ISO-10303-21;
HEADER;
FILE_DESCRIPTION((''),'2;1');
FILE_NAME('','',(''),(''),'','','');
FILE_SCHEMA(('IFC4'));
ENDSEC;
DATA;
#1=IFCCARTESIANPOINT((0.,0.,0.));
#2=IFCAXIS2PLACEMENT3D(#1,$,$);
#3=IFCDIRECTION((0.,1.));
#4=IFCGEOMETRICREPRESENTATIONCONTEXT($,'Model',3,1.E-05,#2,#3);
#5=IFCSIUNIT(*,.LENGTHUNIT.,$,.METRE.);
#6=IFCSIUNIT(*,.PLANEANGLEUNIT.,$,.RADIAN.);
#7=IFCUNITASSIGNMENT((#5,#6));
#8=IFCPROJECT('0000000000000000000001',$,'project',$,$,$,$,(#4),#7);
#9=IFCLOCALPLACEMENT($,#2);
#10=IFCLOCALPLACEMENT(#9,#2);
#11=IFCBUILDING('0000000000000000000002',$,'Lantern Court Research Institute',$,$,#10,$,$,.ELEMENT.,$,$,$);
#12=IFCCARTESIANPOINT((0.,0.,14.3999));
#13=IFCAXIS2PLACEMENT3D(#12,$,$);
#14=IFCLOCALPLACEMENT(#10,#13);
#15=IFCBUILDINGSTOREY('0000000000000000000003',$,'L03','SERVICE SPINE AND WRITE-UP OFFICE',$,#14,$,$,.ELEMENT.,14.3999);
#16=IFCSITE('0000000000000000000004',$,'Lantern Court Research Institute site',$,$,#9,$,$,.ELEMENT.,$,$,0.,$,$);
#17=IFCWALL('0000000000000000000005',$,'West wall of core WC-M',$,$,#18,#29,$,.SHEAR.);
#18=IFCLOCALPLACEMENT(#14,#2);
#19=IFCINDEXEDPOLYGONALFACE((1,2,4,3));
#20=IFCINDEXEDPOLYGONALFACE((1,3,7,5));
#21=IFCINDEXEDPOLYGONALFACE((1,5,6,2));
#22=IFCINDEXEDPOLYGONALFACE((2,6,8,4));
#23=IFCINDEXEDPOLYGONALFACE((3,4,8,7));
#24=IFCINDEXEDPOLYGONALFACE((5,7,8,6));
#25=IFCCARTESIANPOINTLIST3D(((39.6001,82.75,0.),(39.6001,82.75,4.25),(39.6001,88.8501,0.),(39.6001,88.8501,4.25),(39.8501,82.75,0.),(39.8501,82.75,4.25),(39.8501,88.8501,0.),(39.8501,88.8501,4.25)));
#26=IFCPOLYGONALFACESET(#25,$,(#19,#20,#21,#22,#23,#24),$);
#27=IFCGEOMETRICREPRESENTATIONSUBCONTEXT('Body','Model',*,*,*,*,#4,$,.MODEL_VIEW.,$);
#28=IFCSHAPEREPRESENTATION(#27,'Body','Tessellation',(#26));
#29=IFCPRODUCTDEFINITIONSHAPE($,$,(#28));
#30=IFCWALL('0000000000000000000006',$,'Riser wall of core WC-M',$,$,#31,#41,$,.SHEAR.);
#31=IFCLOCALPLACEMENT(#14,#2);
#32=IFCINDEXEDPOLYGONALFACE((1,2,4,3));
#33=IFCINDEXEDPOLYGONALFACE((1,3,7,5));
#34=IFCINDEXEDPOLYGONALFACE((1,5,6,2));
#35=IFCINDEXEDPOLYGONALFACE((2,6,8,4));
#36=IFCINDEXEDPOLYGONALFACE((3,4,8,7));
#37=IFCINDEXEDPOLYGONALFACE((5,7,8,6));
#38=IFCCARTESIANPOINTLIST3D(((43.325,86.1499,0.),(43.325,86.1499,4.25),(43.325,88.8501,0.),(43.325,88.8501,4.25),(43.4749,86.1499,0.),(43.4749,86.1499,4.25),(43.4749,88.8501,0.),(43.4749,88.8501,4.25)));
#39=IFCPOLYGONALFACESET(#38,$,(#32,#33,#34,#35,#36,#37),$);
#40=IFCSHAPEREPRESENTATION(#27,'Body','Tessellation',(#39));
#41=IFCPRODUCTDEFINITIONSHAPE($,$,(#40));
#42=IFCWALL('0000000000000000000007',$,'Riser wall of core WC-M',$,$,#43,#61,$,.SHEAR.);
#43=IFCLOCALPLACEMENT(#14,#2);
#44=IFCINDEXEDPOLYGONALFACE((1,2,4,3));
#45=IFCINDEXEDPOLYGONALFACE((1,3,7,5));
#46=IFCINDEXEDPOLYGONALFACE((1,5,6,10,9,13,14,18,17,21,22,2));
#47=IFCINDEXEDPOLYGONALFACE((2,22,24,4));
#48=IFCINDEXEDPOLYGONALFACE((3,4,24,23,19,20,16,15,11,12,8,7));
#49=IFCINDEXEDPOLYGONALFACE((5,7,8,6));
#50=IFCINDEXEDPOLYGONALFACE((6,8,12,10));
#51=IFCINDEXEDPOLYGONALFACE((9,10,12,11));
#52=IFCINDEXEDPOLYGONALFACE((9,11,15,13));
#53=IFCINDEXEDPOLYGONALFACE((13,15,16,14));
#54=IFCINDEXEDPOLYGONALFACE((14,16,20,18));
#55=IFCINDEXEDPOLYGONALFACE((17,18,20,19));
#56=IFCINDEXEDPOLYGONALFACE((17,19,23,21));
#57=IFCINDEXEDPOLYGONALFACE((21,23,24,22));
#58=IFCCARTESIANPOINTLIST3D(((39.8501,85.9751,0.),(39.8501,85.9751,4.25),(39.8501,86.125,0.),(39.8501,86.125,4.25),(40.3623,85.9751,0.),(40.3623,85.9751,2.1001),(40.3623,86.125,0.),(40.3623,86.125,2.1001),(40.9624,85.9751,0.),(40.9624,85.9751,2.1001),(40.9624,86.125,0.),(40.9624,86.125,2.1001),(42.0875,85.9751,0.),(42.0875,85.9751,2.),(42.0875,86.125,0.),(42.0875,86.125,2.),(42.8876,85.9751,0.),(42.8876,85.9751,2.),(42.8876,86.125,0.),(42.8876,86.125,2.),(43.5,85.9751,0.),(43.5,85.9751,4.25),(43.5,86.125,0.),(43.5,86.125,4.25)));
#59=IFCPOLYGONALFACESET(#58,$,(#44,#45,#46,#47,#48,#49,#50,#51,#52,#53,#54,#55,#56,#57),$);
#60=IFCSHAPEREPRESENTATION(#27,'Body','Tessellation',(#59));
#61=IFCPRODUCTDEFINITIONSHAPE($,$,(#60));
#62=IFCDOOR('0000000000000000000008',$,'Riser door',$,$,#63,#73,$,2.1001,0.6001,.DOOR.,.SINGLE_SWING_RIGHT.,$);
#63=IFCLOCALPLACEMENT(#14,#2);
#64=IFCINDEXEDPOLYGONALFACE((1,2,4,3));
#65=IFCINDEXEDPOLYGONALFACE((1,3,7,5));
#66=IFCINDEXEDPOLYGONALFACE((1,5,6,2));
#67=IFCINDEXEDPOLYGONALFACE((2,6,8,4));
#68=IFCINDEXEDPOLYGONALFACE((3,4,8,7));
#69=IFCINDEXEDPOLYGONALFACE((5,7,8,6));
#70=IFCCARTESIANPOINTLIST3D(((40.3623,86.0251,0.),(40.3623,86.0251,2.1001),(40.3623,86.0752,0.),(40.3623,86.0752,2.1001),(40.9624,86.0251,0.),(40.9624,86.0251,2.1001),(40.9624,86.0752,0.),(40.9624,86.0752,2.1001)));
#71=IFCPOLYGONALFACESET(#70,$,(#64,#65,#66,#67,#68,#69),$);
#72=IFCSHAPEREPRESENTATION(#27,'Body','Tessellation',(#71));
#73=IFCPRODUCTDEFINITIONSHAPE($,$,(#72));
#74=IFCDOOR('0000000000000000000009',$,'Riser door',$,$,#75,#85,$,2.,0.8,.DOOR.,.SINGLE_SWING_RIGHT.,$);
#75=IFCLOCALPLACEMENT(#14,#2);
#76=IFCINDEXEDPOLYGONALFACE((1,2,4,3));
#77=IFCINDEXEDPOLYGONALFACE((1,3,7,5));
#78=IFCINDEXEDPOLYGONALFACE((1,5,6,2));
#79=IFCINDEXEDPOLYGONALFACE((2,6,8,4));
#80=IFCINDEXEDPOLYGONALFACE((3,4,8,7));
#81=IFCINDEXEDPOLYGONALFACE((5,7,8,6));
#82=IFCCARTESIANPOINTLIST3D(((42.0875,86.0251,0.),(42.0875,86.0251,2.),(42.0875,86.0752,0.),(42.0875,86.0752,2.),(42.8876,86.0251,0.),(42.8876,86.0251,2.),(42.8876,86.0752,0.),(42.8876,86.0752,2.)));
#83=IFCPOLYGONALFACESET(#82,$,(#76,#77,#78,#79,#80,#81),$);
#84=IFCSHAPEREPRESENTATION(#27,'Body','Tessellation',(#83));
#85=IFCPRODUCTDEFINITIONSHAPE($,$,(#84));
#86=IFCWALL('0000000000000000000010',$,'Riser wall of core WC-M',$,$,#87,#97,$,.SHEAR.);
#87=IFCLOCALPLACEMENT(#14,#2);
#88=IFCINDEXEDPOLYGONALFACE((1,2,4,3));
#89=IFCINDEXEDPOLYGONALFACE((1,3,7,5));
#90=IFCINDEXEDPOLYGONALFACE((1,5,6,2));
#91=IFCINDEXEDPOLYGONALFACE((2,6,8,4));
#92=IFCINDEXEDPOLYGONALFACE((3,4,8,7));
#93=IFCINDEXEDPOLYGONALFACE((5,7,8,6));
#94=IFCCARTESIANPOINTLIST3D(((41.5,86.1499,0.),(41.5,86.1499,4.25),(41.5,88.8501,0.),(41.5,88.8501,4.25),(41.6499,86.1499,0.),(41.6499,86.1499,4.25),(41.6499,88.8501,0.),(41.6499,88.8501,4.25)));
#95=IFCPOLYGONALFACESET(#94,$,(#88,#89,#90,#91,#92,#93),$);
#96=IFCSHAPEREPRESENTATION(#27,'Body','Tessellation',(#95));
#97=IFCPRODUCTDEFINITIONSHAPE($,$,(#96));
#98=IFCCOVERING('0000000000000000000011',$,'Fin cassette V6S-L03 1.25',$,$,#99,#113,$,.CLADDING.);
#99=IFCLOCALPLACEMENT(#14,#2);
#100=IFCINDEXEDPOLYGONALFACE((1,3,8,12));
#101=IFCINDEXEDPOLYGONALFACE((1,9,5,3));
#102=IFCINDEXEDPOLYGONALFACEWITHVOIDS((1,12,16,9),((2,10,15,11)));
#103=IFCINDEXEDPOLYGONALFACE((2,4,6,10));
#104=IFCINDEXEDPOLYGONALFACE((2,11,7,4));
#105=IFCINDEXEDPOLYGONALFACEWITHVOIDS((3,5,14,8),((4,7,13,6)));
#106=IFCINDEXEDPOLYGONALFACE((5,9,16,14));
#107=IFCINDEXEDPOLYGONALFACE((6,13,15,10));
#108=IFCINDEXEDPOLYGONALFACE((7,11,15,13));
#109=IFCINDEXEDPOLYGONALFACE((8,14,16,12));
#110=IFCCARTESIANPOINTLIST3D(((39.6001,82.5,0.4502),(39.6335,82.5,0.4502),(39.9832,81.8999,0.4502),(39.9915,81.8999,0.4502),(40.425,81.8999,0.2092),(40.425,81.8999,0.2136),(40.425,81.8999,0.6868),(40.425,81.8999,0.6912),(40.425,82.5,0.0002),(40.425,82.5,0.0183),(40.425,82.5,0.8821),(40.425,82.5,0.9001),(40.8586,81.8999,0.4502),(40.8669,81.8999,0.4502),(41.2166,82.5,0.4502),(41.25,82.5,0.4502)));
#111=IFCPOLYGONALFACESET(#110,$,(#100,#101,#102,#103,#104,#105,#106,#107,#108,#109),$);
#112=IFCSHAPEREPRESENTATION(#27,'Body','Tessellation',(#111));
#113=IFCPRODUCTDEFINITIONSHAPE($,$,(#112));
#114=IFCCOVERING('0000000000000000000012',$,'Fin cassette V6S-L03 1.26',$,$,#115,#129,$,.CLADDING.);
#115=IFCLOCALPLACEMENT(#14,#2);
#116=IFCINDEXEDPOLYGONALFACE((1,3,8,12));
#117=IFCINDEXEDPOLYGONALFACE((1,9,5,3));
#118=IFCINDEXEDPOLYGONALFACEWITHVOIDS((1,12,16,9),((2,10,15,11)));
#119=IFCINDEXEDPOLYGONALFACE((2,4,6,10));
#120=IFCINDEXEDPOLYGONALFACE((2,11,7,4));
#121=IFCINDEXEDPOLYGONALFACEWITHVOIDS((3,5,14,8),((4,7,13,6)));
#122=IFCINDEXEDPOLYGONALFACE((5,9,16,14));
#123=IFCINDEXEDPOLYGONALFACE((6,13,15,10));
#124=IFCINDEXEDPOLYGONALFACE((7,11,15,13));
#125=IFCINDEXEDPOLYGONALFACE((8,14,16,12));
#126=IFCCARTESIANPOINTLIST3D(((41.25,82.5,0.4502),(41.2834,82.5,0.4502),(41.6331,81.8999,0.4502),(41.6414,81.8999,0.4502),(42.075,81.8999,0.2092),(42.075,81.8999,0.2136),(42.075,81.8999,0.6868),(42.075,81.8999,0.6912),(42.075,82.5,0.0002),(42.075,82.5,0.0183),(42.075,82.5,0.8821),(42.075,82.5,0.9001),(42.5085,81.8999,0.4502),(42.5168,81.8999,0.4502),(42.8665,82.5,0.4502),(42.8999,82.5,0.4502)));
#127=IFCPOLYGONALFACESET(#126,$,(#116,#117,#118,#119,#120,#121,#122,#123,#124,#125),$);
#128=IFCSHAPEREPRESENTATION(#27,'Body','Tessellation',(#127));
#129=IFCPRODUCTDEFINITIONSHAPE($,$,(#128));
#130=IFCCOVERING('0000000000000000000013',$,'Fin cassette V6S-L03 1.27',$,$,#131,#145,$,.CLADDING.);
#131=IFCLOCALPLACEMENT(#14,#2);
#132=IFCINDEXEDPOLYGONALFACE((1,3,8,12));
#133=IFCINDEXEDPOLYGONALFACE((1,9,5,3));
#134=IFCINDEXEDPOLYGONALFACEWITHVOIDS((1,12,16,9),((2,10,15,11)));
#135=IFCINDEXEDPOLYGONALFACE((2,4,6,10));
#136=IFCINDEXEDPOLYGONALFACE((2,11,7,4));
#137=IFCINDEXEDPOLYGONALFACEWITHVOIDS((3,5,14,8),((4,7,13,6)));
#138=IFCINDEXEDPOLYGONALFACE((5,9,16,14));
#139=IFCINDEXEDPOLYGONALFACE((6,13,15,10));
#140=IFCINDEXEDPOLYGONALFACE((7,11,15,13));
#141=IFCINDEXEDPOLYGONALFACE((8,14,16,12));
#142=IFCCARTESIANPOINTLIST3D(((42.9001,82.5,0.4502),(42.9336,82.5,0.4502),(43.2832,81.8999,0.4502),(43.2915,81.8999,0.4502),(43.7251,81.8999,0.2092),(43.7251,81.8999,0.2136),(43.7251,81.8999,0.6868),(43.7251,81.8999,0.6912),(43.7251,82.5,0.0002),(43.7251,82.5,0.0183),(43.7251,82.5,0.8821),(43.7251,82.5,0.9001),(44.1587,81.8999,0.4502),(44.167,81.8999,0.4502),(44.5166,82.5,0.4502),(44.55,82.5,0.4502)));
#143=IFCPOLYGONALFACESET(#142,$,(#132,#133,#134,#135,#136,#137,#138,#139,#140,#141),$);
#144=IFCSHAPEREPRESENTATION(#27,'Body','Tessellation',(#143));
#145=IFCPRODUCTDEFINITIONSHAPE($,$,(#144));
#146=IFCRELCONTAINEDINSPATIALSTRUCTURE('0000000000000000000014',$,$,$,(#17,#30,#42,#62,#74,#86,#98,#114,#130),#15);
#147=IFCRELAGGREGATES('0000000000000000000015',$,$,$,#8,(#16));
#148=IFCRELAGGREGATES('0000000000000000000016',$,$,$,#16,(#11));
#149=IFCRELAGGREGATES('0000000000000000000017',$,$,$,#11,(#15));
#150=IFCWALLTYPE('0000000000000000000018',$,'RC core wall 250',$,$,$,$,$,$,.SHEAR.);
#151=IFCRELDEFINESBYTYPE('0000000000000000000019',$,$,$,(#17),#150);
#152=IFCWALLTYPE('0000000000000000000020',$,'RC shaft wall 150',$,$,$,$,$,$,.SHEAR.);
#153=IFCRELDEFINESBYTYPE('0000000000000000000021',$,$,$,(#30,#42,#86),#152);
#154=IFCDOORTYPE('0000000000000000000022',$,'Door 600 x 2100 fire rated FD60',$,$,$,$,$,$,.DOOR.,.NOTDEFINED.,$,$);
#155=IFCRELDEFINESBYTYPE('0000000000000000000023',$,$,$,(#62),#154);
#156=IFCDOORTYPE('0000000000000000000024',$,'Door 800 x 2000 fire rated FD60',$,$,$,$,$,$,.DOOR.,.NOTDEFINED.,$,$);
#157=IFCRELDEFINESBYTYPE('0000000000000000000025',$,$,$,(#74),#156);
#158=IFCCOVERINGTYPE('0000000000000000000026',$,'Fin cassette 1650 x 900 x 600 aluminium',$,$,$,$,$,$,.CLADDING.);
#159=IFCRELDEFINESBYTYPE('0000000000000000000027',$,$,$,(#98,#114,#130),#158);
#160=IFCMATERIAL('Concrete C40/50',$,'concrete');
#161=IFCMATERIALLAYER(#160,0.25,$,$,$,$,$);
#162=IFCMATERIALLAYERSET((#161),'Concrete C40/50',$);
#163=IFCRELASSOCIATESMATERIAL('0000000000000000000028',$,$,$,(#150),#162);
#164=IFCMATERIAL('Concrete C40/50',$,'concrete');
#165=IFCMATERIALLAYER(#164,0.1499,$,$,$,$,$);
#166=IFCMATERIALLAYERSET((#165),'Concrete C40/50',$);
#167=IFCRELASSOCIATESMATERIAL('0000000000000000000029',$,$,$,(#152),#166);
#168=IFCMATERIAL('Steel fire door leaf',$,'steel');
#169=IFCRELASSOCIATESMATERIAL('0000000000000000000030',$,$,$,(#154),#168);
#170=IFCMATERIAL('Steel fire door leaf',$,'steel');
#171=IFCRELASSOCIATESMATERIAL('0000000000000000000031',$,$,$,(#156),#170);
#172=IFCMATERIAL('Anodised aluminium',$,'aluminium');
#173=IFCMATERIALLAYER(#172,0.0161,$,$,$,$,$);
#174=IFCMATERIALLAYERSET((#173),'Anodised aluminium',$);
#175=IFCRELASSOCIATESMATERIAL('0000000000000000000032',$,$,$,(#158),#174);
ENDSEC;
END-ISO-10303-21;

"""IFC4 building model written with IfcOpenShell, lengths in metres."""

from ifc_helpers import new_model, entity, si_unit, direction, frame, frame_2d, origin, place, context, subcontext, project, spatial, rectangle, extrude, material, layer, layer_set, type_object, element, fill, save


model = new_model("IFC4")

# Units and contexts
model_context = context("Model", 3, precision=1e-05, world=origin(), true_north=direction((0.0, 1.0)))
body_context = subcontext(model_context, "Body", "Model", "MODEL_VIEW")
ifc_project = project(units=[si_unit("LENGTHUNIT", "METRE"), si_unit("PLANEANGLEUNIT", "RADIAN")], contexts=[model_context])

# Site, building, storey
site_placement = place(None, origin())
site = spatial("IfcSite", under=ifc_project, at=site_placement, Name="Lantern Court Research Institute site", CompositionType="ELEMENT", RefElevation=0.0)
building_placement = place(site_placement, origin())
building = spatial("IfcBuilding", under=site, at=building_placement, Name="Lantern Court Research Institute", CompositionType="ELEMENT")
storey_placement = place(building_placement, frame((0.0, 0.0, 14.3999)))
storey = spatial("IfcBuildingStorey", under=building, at=storey_placement, Name="L03", Description="SERVICE SPINE AND WRITE-UP OFFICE", CompositionType="ELEMENT", Elevation=14.3999)

# Walls
ifc_material_1 = material(Name="Concrete C40/50", Category="concrete")
ifc_layer_1 = layer(ifc_material_1, 0.25)
ifc_layer_set_1 = layer_set([ifc_layer_1], Name="Concrete C40/50")
wall_type_1 = type_object("IfcWallType", Name="RC core wall 250", PredefinedType="SHEAR", material=ifc_layer_set_1)
wall_1_placement = place(storey_placement, frame((39.7251, 88.8501, 0.0), z_axis=(0.0, 0.0, 1.0), x_axis=(0.0, -1.0, 0.0)))
element("IfcWall", 1, at=wall_1_placement, inside=storey, type_object=wall_type_1, Name="West wall of core WC-M", PredefinedType="SHEAR", context=body_context, shape_type="SweptSolid", body=[
    extrude(rectangle(XDim=6.1001, YDim=0.25, at=frame_2d((3.05, 0.0))), origin(), (0.0, 0.0, 1.0), 4.25),
])
ifc_material_2 = material(Name="Concrete C40/50", Category="concrete")
ifc_layer_2 = layer(ifc_material_2, 0.1499)
ifc_layer_set_2 = layer_set([ifc_layer_2], Name="Concrete C40/50")
wall_type_2 = type_object("IfcWallType", Name="RC shaft wall 150", PredefinedType="SHEAR", material=ifc_layer_set_2)
wall_2_placement = place(storey_placement, frame((43.3999, 88.8501, 0.0), z_axis=(0.0, 0.0, 1.0), x_axis=(0.0, -1.0, 0.0)))
element("IfcWall", 2, at=wall_2_placement, inside=storey, type_object=wall_type_2, Name="Riser wall of core WC-M", PredefinedType="SHEAR", context=body_context, shape_type="SweptSolid", body=[
    extrude(rectangle(XDim=2.7002, YDim=0.1499, at=frame_2d((1.3501, 0.0))), origin(), (0.0, 0.0, 1.0), 4.25),
])

# Wall, openings, doors
wall_3_placement = place(storey_placement, frame((43.5, 86.05, 0.0), z_axis=(0.0, 0.0, 1.0), x_axis=(-1.0, 0.0, 0.0)))
wall_3 = element("IfcWall", 3, at=wall_3_placement, inside=storey, type_object=wall_type_2, Name="Riser wall of core WC-M", PredefinedType="SHEAR", context=body_context, shape_type="SweptSolid", body=[
    extrude(rectangle(XDim=3.6499, YDim=0.1499, at=frame_2d((1.825, 0.0))), origin(), (0.0, 0.0, 1.0), 4.25),
])
opening_1_placement = place(wall_3_placement, frame((0.6125, 0.0, 0.0)))
opening_1 = element("IfcOpeningElement", 4, at=opening_1_placement, cuts=wall_3, PredefinedType="OPENING", context=body_context, shape_type="SweptSolid", body=[
    extrude(rectangle(XDim=0.8, YDim=2.0, at=frame_2d((0.3999, 1.0))), frame((0.0, 0.085, 0.0), z_axis=(0.0, -1.0, 0.0), x_axis=(1.0, 0.0, 0.0)), (0.0, 0.0, 1.0), 0.1699),
])
opening_2_placement = place(wall_3_placement, frame((2.5376, 0.0, 0.0)))
opening_2 = element("IfcOpeningElement", 5, at=opening_2_placement, cuts=wall_3, PredefinedType="OPENING", context=body_context, shape_type="SweptSolid", body=[
    extrude(rectangle(XDim=0.6001, YDim=2.1001, at=frame_2d((0.3, 1.05))), frame((0.0, 0.085, 0.0), z_axis=(0.0, -1.0, 0.0), x_axis=(1.0, 0.0, 0.0)), (0.0, 0.0, 1.0), 0.1699),
])
ifc_material_3 = material(Name="Steel fire door leaf", Category="steel")
door_type_1 = type_object("IfcDoorType", Name="Door 600 x 2100 fire rated FD60", OperationType="NOTDEFINED", PredefinedType="DOOR", material=ifc_material_3)
door_1_placement = place(opening_2_placement, origin())
door_1 = element("IfcDoor", 6, at=door_1_placement, inside=storey, type_object=door_type_1, Name="Riser door", OperationType="SINGLE_SWING_RIGHT", OverallHeight=2.1001, OverallWidth=0.6001, PredefinedType="DOOR", context=body_context, shape_type="SweptSolid", body=[
    extrude(rectangle(XDim=0.6001, YDim=2.1001, at=frame_2d((0.3, 1.05))), frame((0.0, 0.0249, 0.0), z_axis=(0.0, -1.0, 0.0), x_axis=(1.0, 0.0, 0.0)), (0.0, 0.0, 1.0), 0.05),
])
fill(opening_2, door_1)
ifc_material_4 = material(Name="Steel fire door leaf", Category="steel")
door_type_2 = type_object("IfcDoorType", Name="Door 800 x 2000 fire rated FD60", OperationType="NOTDEFINED", PredefinedType="DOOR", material=ifc_material_4)
door_2_placement = place(opening_1_placement, origin())
door_2 = element("IfcDoor", 7, at=door_2_placement, inside=storey, type_object=door_type_2, Name="Riser door", OperationType="SINGLE_SWING_RIGHT", OverallHeight=2.0, OverallWidth=0.8, PredefinedType="DOOR", context=body_context, shape_type="SweptSolid", body=[
    extrude(rectangle(XDim=0.8, YDim=2.0, at=frame_2d((0.3999, 1.0))), frame((0.0, 0.0249, 0.0), z_axis=(0.0, -1.0, 0.0), x_axis=(1.0, 0.0, 0.0)), (0.0, 0.0, 1.0), 0.05),
])
fill(opening_1, door_2)

# Wall
wall_4_placement = place(storey_placement, frame((41.575, 88.8501, 0.0), z_axis=(0.0, 0.0, 1.0), x_axis=(0.0, -1.0, 0.0)))
element("IfcWall", 8, at=wall_4_placement, inside=storey, type_object=wall_type_2, Name="Riser wall of core WC-M", PredefinedType="SHEAR", context=body_context, shape_type="SweptSolid", body=[
    extrude(rectangle(XDim=2.7002, YDim=0.1499, at=frame_2d((1.3501, 0.0))), origin(), (0.0, 0.0, 1.0), 4.25),
])

# Coverings
ifc_material_5 = material(Name="Anodised aluminium", Category="aluminium")
ifc_layer_3 = layer(ifc_material_5, 0.0161)
ifc_layer_set_3 = layer_set([ifc_layer_3], Name="Anodised aluminium")
covering_type = type_object("IfcCoveringType", Name="Fin cassette 1650 x 900 x 600 aluminium", PredefinedType="CLADDING", material=ifc_layer_set_3)
covering_1_placement = place(storey_placement, frame((40.425, 82.5, 0.4502), z_axis=(0.0, -1.0, 0.0), x_axis=(1.0, 0.0, 0.0)))
cartesian_point_1 = entity("IfcCartesianPoint", [0.825, 0.0])
cartesian_point_2 = entity("IfcCartesianPoint", [0.7915, 0.0])
cartesian_point_3 = entity("IfcCartesianPoint", [0.4419, 0.0])
cartesian_point_4 = entity("IfcCartesianPoint", [0.4336, 0.0])
element("IfcCovering", 9, at=covering_1_placement, inside=storey, type_object=covering_type, Name="Fin cassette V6S-L03 1.25", PredefinedType="CLADDING", context=body_context, shape_type="SweptSolid", body=[
    entity("IfcExtrudedAreaSolidTapered", entity("IfcArbitraryProfileDefWithVoids", "AREA", None, entity("IfcPolyline", [cartesian_point_1, entity("IfcCartesianPoint", [0.0, 0.45]), entity("IfcCartesianPoint", [-0.825, 0.0]), entity("IfcCartesianPoint", [0.0, -0.45]), cartesian_point_1]), [entity("IfcPolyline", [cartesian_point_2, entity("IfcCartesianPoint", [0.0, 0.4319]), entity("IfcCartesianPoint", [-0.7915, 0.0]), entity("IfcCartesianPoint", [0.0, -0.4319]), cartesian_point_2])]), entity("IfcAxis2Placement3D", entity("IfcCartesianPoint", [0.0, 0.0, 0.0])), entity("IfcDirection", [0.0, 0.0, 1.0]), 0.6001, entity("IfcArbitraryProfileDefWithVoids", "AREA", None, entity("IfcPolyline", [cartesian_point_3, entity("IfcCartesianPoint", [0.0, 0.241]), entity("IfcCartesianPoint", [-0.4419, 0.0]), entity("IfcCartesianPoint", [0.0, -0.241]), cartesian_point_3]), [entity("IfcPolyline", [cartesian_point_4, entity("IfcCartesianPoint", [0.0, 0.2366]), entity("IfcCartesianPoint", [-0.4336, 0.0]), entity("IfcCartesianPoint", [0.0, -0.2366]), cartesian_point_4])])),
])
covering_2_placement = place(storey_placement, frame((42.075, 82.5, 0.4502), z_axis=(0.0, -1.0, 0.0), x_axis=(1.0, 0.0, 0.0)))
cartesian_point_5 = entity("IfcCartesianPoint", [0.825, 0.0])
cartesian_point_6 = entity("IfcCartesianPoint", [0.7915, 0.0])
cartesian_point_7 = entity("IfcCartesianPoint", [0.4419, 0.0])
cartesian_point_8 = entity("IfcCartesianPoint", [0.4336, 0.0])
element("IfcCovering", 10, at=covering_2_placement, inside=storey, type_object=covering_type, Name="Fin cassette V6S-L03 1.26", PredefinedType="CLADDING", context=body_context, shape_type="SweptSolid", body=[
    entity("IfcExtrudedAreaSolidTapered", entity("IfcArbitraryProfileDefWithVoids", "AREA", None, entity("IfcPolyline", [cartesian_point_5, entity("IfcCartesianPoint", [0.0, 0.45]), entity("IfcCartesianPoint", [-0.825, 0.0]), entity("IfcCartesianPoint", [0.0, -0.45]), cartesian_point_5]), [entity("IfcPolyline", [cartesian_point_6, entity("IfcCartesianPoint", [0.0, 0.4319]), entity("IfcCartesianPoint", [-0.7915, 0.0]), entity("IfcCartesianPoint", [0.0, -0.4319]), cartesian_point_6])]), entity("IfcAxis2Placement3D", entity("IfcCartesianPoint", [0.0, 0.0, 0.0])), entity("IfcDirection", [0.0, 0.0, 1.0]), 0.6001, entity("IfcArbitraryProfileDefWithVoids", "AREA", None, entity("IfcPolyline", [cartesian_point_7, entity("IfcCartesianPoint", [0.0, 0.241]), entity("IfcCartesianPoint", [-0.4419, 0.0]), entity("IfcCartesianPoint", [0.0, -0.241]), cartesian_point_7]), [entity("IfcPolyline", [cartesian_point_8, entity("IfcCartesianPoint", [0.0, 0.2366]), entity("IfcCartesianPoint", [-0.4336, 0.0]), entity("IfcCartesianPoint", [0.0, -0.2366]), cartesian_point_8])])),
])
covering_3_placement = place(storey_placement, frame((43.7251, 82.5, 0.4502), z_axis=(0.0, -1.0, 0.0), x_axis=(1.0, 0.0, 0.0)))
cartesian_point_9 = entity("IfcCartesianPoint", [0.825, 0.0])
cartesian_point_10 = entity("IfcCartesianPoint", [0.7915, 0.0])
cartesian_point_11 = entity("IfcCartesianPoint", [0.4419, 0.0])
cartesian_point_12 = entity("IfcCartesianPoint", [0.4336, 0.0])
element("IfcCovering", 11, at=covering_3_placement, inside=storey, type_object=covering_type, Name="Fin cassette V6S-L03 1.27", PredefinedType="CLADDING", context=body_context, shape_type="SweptSolid", body=[
    entity("IfcExtrudedAreaSolidTapered", entity("IfcArbitraryProfileDefWithVoids", "AREA", None, entity("IfcPolyline", [cartesian_point_9, entity("IfcCartesianPoint", [0.0, 0.45]), entity("IfcCartesianPoint", [-0.825, 0.0]), entity("IfcCartesianPoint", [0.0, -0.45]), cartesian_point_9]), [entity("IfcPolyline", [cartesian_point_10, entity("IfcCartesianPoint", [0.0, 0.4319]), entity("IfcCartesianPoint", [-0.7915, 0.0]), entity("IfcCartesianPoint", [0.0, -0.4319]), cartesian_point_10])]), entity("IfcAxis2Placement3D", entity("IfcCartesianPoint", [0.0, 0.0, 0.0])), entity("IfcDirection", [0.0, 0.0, 1.0]), 0.6001, entity("IfcArbitraryProfileDefWithVoids", "AREA", None, entity("IfcPolyline", [cartesian_point_11, entity("IfcCartesianPoint", [0.0, 0.241]), entity("IfcCartesianPoint", [-0.4419, 0.0]), entity("IfcCartesianPoint", [0.0, -0.241]), cartesian_point_11]), [entity("IfcPolyline", [cartesian_point_12, entity("IfcCartesianPoint", [0.0, 0.2366]), entity("IfcCartesianPoint", [-0.4336, 0.0]), entity("IfcCartesianPoint", [0.0, -0.2366]), cartesian_point_12])])),
])

save(model, "model.ifc")
